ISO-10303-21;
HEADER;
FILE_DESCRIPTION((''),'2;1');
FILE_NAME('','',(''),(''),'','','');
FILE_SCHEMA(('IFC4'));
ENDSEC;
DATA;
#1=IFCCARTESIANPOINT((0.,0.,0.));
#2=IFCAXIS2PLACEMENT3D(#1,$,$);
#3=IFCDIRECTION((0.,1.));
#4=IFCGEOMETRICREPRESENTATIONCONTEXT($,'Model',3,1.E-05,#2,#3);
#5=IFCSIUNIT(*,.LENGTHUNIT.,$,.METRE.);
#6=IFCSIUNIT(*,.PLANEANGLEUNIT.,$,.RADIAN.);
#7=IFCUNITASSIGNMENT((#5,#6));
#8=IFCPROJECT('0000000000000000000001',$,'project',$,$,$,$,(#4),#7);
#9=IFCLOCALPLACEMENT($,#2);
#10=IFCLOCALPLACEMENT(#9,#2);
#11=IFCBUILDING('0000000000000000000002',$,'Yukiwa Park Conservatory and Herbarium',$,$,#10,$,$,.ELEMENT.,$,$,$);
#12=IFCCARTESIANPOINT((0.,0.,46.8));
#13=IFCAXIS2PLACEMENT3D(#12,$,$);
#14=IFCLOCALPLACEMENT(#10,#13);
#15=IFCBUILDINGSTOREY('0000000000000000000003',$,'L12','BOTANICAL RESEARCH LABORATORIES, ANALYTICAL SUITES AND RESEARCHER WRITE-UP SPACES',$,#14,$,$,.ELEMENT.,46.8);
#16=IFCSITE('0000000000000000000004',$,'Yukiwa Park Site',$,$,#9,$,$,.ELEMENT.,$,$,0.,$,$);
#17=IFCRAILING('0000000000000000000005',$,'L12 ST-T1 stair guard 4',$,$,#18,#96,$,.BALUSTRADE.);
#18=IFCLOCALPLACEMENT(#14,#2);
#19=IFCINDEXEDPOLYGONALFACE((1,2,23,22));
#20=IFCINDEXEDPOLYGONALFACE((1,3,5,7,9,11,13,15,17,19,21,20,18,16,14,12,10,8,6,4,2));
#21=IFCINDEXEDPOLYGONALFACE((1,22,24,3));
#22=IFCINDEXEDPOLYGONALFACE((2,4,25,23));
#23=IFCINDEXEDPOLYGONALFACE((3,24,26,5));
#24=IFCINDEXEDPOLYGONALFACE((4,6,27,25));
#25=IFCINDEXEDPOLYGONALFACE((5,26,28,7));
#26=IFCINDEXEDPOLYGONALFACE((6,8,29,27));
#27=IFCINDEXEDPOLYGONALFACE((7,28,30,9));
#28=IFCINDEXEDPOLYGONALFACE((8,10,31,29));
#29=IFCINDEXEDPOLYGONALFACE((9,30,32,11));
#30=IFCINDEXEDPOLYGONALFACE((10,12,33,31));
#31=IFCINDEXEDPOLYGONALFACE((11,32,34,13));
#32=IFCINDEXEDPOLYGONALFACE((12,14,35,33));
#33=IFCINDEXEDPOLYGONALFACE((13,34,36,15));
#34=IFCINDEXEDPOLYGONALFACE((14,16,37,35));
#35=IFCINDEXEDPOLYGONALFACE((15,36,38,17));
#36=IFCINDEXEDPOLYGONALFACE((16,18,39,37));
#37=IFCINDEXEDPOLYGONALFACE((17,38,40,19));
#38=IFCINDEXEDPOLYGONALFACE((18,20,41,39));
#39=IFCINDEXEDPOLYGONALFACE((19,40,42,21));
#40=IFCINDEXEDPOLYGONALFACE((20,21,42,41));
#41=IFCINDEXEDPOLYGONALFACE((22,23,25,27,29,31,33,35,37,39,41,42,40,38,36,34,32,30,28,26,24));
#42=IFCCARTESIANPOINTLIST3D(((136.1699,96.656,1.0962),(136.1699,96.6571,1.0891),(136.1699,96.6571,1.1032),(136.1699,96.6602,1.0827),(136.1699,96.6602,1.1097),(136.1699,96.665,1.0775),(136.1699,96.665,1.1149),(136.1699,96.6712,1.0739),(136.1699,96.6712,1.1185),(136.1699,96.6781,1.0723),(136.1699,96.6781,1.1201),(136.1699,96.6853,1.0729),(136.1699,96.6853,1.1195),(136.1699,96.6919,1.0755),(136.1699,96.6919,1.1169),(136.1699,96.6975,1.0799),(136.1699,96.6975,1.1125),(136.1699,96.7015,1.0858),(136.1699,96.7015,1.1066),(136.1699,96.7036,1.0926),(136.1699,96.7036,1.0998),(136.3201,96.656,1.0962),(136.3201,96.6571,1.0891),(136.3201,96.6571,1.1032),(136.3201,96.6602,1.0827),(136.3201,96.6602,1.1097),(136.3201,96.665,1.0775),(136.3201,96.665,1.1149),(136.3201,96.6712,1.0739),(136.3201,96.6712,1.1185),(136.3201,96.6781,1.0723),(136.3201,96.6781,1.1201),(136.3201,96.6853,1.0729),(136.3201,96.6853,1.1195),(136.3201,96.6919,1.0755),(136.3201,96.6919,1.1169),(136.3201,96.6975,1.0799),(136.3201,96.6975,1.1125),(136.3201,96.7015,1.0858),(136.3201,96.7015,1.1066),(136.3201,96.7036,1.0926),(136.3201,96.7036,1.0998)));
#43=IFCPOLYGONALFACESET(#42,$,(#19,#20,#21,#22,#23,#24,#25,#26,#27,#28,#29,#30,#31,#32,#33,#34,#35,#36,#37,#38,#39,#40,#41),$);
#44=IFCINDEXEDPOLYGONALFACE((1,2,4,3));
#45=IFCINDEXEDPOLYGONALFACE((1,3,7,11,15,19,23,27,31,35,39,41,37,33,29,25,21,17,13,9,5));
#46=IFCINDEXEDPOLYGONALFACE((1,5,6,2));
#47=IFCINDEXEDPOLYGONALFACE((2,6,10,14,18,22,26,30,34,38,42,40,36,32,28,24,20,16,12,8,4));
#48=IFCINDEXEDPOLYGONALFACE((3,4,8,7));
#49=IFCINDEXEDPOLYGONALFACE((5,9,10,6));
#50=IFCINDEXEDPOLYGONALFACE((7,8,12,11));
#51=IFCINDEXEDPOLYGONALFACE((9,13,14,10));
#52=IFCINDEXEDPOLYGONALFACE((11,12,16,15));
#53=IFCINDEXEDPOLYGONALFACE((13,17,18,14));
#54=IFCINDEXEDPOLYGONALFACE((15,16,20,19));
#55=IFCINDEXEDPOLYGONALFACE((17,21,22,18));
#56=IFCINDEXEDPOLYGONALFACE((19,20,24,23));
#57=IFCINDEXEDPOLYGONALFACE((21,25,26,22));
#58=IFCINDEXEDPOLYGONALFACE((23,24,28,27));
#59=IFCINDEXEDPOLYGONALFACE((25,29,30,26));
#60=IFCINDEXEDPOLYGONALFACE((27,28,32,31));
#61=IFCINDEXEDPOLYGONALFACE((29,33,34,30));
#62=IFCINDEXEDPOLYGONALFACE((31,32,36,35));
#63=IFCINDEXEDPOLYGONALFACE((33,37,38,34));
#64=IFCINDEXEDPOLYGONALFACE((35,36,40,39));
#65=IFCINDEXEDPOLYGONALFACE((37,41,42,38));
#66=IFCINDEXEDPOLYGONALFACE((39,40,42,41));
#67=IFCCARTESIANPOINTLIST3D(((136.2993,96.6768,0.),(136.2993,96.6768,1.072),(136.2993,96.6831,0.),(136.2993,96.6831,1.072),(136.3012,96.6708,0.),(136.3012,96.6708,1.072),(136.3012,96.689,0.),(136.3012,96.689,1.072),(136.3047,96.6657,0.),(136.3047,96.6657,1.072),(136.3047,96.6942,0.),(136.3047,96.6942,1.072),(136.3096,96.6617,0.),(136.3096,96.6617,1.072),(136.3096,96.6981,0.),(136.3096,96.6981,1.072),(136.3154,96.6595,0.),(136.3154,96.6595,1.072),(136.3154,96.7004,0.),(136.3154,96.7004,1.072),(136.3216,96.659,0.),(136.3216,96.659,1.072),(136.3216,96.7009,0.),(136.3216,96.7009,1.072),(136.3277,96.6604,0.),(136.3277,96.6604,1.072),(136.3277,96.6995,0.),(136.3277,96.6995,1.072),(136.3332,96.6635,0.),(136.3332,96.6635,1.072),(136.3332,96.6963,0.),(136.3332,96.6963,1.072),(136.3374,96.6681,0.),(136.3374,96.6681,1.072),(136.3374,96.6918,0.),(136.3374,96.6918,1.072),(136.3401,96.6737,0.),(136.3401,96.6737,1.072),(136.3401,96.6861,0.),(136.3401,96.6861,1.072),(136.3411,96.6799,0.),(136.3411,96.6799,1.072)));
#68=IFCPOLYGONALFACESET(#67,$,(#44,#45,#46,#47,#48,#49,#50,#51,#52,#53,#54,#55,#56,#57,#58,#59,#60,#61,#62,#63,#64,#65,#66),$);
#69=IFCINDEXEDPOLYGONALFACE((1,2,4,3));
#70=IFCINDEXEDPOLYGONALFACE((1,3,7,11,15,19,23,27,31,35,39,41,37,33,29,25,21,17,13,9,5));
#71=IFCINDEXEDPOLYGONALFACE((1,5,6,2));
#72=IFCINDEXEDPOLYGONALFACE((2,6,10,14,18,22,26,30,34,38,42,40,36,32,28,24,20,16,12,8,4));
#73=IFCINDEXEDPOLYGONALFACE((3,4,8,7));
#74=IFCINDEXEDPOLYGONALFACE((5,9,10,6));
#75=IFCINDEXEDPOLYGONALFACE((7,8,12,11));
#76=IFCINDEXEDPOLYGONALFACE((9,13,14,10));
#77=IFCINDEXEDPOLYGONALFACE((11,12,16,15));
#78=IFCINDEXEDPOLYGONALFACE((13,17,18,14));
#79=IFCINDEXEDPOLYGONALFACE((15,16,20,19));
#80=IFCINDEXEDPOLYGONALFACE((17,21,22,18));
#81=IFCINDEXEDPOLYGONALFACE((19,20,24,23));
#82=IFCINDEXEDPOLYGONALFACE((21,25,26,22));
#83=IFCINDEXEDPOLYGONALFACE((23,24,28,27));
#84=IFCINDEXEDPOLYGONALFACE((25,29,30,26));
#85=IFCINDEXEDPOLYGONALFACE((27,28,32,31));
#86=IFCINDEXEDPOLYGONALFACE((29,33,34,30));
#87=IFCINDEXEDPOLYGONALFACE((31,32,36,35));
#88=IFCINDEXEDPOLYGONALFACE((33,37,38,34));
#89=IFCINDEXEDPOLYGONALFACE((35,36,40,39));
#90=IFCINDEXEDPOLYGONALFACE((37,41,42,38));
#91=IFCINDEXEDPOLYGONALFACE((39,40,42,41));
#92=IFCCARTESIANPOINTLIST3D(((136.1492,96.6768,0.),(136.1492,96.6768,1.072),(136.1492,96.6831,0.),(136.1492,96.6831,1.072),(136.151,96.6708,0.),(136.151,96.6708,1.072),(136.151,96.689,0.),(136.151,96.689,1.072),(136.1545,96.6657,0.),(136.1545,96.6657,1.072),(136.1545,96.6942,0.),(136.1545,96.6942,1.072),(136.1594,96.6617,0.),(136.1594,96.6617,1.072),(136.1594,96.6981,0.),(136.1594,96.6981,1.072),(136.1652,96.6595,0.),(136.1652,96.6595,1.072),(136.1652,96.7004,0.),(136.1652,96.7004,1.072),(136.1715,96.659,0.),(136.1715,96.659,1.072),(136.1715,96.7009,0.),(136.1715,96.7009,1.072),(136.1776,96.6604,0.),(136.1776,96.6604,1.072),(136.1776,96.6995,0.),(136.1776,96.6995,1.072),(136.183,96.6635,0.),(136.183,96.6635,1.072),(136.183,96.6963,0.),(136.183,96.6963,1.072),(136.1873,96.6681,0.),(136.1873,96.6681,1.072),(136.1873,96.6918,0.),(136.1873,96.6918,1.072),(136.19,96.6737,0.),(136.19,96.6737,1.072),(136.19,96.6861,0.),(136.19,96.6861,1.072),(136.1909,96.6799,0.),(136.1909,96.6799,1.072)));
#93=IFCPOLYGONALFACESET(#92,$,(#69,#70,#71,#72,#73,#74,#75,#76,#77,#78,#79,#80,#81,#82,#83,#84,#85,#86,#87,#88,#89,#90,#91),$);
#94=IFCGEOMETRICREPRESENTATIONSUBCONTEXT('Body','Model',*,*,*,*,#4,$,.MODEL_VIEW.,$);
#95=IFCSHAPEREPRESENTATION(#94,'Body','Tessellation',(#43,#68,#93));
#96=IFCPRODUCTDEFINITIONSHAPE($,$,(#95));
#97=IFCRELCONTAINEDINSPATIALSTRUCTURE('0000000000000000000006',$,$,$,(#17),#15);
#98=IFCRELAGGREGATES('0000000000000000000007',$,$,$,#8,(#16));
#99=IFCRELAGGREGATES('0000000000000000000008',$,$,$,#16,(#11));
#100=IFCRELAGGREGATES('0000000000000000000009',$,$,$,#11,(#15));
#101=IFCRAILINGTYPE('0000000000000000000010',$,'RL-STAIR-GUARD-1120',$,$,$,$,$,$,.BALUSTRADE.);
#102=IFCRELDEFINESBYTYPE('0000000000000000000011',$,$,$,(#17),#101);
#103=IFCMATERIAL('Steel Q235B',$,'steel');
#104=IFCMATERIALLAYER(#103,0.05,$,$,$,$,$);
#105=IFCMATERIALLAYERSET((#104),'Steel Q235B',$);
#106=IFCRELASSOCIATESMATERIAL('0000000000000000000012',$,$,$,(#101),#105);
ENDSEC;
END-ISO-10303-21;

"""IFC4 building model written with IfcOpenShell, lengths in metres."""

from ifc_helpers import new_model, si_unit, direction, frame, origin, origin_2d, place, context, subcontext, project, spatial, circle, extrude, material, layer, layer_set, type_object, element, save


model = new_model("IFC4")

# Units and contexts
model_context = context("Model", 3, precision=1e-05, world=origin(), true_north=direction((0.0, 1.0)))
body_context = subcontext(model_context, "Body", "Model", "MODEL_VIEW")
ifc_project = project(units=[si_unit("LENGTHUNIT", "METRE"), si_unit("PLANEANGLEUNIT", "RADIAN")], contexts=[model_context])

# Site, building, storey
site_placement = place(None, origin())
site = spatial("IfcSite", under=ifc_project, at=site_placement, Name="Yukiwa Park Site", CompositionType="ELEMENT", RefElevation=0.0)
building_placement = place(site_placement, origin())
building = spatial("IfcBuilding", under=site, at=building_placement, Name="Yukiwa Park Conservatory and Herbarium", CompositionType="ELEMENT")
storey_placement = place(building_placement, frame((0.0, 0.0, 46.8)))
storey = spatial("IfcBuildingStorey", under=building, at=storey_placement, Name="L12", Description="BOTANICAL RESEARCH LABORATORIES, ANALYTICAL SUITES AND RESEARCHER WRITE-UP SPACES", CompositionType="ELEMENT", Elevation=46.8)

# Railing
ifc_material_1 = material(Name="Steel Q235B", Category="steel")
ifc_layer_1 = layer(ifc_material_1, 0.05)
ifc_layer_set_1 = layer_set([ifc_layer_1], Name="Steel Q235B")
railing_type_1 = type_object("IfcRailingType", Name="RL-STAIR-GUARD-1120", PredefinedType="BALUSTRADE", material=ifc_layer_set_1)
railing_1_placement = place(storey_placement, frame((136.3201, 96.6799, 0.0)))
element("IfcRailing", 1, at=railing_1_placement, inside=storey, type_object=railing_type_1, Name="L12 ST-T1 stair guard 4", PredefinedType="BALUSTRADE", context=body_context, shape_type="SweptSolid", body=[
    extrude(circle(Radius=0.0239, at=origin_2d()), frame((0.0, 0.0, 1.0962), z_axis=(-1.0, 0.0, 0.0), x_axis=(0.0, -1.0, 0.0)), (0.0, 0.0, 1.0), 0.1501),
    extrude(circle(Radius=0.021, at=origin_2d()), origin(), (0.0, 0.0, 1.0), 1.072),
    extrude(circle(Radius=0.021, at=origin_2d()), frame((-0.1501, 0.0, 0.0)), (0.0, 0.0, 1.0), 1.072),
])

save(model, "model.ifc")
